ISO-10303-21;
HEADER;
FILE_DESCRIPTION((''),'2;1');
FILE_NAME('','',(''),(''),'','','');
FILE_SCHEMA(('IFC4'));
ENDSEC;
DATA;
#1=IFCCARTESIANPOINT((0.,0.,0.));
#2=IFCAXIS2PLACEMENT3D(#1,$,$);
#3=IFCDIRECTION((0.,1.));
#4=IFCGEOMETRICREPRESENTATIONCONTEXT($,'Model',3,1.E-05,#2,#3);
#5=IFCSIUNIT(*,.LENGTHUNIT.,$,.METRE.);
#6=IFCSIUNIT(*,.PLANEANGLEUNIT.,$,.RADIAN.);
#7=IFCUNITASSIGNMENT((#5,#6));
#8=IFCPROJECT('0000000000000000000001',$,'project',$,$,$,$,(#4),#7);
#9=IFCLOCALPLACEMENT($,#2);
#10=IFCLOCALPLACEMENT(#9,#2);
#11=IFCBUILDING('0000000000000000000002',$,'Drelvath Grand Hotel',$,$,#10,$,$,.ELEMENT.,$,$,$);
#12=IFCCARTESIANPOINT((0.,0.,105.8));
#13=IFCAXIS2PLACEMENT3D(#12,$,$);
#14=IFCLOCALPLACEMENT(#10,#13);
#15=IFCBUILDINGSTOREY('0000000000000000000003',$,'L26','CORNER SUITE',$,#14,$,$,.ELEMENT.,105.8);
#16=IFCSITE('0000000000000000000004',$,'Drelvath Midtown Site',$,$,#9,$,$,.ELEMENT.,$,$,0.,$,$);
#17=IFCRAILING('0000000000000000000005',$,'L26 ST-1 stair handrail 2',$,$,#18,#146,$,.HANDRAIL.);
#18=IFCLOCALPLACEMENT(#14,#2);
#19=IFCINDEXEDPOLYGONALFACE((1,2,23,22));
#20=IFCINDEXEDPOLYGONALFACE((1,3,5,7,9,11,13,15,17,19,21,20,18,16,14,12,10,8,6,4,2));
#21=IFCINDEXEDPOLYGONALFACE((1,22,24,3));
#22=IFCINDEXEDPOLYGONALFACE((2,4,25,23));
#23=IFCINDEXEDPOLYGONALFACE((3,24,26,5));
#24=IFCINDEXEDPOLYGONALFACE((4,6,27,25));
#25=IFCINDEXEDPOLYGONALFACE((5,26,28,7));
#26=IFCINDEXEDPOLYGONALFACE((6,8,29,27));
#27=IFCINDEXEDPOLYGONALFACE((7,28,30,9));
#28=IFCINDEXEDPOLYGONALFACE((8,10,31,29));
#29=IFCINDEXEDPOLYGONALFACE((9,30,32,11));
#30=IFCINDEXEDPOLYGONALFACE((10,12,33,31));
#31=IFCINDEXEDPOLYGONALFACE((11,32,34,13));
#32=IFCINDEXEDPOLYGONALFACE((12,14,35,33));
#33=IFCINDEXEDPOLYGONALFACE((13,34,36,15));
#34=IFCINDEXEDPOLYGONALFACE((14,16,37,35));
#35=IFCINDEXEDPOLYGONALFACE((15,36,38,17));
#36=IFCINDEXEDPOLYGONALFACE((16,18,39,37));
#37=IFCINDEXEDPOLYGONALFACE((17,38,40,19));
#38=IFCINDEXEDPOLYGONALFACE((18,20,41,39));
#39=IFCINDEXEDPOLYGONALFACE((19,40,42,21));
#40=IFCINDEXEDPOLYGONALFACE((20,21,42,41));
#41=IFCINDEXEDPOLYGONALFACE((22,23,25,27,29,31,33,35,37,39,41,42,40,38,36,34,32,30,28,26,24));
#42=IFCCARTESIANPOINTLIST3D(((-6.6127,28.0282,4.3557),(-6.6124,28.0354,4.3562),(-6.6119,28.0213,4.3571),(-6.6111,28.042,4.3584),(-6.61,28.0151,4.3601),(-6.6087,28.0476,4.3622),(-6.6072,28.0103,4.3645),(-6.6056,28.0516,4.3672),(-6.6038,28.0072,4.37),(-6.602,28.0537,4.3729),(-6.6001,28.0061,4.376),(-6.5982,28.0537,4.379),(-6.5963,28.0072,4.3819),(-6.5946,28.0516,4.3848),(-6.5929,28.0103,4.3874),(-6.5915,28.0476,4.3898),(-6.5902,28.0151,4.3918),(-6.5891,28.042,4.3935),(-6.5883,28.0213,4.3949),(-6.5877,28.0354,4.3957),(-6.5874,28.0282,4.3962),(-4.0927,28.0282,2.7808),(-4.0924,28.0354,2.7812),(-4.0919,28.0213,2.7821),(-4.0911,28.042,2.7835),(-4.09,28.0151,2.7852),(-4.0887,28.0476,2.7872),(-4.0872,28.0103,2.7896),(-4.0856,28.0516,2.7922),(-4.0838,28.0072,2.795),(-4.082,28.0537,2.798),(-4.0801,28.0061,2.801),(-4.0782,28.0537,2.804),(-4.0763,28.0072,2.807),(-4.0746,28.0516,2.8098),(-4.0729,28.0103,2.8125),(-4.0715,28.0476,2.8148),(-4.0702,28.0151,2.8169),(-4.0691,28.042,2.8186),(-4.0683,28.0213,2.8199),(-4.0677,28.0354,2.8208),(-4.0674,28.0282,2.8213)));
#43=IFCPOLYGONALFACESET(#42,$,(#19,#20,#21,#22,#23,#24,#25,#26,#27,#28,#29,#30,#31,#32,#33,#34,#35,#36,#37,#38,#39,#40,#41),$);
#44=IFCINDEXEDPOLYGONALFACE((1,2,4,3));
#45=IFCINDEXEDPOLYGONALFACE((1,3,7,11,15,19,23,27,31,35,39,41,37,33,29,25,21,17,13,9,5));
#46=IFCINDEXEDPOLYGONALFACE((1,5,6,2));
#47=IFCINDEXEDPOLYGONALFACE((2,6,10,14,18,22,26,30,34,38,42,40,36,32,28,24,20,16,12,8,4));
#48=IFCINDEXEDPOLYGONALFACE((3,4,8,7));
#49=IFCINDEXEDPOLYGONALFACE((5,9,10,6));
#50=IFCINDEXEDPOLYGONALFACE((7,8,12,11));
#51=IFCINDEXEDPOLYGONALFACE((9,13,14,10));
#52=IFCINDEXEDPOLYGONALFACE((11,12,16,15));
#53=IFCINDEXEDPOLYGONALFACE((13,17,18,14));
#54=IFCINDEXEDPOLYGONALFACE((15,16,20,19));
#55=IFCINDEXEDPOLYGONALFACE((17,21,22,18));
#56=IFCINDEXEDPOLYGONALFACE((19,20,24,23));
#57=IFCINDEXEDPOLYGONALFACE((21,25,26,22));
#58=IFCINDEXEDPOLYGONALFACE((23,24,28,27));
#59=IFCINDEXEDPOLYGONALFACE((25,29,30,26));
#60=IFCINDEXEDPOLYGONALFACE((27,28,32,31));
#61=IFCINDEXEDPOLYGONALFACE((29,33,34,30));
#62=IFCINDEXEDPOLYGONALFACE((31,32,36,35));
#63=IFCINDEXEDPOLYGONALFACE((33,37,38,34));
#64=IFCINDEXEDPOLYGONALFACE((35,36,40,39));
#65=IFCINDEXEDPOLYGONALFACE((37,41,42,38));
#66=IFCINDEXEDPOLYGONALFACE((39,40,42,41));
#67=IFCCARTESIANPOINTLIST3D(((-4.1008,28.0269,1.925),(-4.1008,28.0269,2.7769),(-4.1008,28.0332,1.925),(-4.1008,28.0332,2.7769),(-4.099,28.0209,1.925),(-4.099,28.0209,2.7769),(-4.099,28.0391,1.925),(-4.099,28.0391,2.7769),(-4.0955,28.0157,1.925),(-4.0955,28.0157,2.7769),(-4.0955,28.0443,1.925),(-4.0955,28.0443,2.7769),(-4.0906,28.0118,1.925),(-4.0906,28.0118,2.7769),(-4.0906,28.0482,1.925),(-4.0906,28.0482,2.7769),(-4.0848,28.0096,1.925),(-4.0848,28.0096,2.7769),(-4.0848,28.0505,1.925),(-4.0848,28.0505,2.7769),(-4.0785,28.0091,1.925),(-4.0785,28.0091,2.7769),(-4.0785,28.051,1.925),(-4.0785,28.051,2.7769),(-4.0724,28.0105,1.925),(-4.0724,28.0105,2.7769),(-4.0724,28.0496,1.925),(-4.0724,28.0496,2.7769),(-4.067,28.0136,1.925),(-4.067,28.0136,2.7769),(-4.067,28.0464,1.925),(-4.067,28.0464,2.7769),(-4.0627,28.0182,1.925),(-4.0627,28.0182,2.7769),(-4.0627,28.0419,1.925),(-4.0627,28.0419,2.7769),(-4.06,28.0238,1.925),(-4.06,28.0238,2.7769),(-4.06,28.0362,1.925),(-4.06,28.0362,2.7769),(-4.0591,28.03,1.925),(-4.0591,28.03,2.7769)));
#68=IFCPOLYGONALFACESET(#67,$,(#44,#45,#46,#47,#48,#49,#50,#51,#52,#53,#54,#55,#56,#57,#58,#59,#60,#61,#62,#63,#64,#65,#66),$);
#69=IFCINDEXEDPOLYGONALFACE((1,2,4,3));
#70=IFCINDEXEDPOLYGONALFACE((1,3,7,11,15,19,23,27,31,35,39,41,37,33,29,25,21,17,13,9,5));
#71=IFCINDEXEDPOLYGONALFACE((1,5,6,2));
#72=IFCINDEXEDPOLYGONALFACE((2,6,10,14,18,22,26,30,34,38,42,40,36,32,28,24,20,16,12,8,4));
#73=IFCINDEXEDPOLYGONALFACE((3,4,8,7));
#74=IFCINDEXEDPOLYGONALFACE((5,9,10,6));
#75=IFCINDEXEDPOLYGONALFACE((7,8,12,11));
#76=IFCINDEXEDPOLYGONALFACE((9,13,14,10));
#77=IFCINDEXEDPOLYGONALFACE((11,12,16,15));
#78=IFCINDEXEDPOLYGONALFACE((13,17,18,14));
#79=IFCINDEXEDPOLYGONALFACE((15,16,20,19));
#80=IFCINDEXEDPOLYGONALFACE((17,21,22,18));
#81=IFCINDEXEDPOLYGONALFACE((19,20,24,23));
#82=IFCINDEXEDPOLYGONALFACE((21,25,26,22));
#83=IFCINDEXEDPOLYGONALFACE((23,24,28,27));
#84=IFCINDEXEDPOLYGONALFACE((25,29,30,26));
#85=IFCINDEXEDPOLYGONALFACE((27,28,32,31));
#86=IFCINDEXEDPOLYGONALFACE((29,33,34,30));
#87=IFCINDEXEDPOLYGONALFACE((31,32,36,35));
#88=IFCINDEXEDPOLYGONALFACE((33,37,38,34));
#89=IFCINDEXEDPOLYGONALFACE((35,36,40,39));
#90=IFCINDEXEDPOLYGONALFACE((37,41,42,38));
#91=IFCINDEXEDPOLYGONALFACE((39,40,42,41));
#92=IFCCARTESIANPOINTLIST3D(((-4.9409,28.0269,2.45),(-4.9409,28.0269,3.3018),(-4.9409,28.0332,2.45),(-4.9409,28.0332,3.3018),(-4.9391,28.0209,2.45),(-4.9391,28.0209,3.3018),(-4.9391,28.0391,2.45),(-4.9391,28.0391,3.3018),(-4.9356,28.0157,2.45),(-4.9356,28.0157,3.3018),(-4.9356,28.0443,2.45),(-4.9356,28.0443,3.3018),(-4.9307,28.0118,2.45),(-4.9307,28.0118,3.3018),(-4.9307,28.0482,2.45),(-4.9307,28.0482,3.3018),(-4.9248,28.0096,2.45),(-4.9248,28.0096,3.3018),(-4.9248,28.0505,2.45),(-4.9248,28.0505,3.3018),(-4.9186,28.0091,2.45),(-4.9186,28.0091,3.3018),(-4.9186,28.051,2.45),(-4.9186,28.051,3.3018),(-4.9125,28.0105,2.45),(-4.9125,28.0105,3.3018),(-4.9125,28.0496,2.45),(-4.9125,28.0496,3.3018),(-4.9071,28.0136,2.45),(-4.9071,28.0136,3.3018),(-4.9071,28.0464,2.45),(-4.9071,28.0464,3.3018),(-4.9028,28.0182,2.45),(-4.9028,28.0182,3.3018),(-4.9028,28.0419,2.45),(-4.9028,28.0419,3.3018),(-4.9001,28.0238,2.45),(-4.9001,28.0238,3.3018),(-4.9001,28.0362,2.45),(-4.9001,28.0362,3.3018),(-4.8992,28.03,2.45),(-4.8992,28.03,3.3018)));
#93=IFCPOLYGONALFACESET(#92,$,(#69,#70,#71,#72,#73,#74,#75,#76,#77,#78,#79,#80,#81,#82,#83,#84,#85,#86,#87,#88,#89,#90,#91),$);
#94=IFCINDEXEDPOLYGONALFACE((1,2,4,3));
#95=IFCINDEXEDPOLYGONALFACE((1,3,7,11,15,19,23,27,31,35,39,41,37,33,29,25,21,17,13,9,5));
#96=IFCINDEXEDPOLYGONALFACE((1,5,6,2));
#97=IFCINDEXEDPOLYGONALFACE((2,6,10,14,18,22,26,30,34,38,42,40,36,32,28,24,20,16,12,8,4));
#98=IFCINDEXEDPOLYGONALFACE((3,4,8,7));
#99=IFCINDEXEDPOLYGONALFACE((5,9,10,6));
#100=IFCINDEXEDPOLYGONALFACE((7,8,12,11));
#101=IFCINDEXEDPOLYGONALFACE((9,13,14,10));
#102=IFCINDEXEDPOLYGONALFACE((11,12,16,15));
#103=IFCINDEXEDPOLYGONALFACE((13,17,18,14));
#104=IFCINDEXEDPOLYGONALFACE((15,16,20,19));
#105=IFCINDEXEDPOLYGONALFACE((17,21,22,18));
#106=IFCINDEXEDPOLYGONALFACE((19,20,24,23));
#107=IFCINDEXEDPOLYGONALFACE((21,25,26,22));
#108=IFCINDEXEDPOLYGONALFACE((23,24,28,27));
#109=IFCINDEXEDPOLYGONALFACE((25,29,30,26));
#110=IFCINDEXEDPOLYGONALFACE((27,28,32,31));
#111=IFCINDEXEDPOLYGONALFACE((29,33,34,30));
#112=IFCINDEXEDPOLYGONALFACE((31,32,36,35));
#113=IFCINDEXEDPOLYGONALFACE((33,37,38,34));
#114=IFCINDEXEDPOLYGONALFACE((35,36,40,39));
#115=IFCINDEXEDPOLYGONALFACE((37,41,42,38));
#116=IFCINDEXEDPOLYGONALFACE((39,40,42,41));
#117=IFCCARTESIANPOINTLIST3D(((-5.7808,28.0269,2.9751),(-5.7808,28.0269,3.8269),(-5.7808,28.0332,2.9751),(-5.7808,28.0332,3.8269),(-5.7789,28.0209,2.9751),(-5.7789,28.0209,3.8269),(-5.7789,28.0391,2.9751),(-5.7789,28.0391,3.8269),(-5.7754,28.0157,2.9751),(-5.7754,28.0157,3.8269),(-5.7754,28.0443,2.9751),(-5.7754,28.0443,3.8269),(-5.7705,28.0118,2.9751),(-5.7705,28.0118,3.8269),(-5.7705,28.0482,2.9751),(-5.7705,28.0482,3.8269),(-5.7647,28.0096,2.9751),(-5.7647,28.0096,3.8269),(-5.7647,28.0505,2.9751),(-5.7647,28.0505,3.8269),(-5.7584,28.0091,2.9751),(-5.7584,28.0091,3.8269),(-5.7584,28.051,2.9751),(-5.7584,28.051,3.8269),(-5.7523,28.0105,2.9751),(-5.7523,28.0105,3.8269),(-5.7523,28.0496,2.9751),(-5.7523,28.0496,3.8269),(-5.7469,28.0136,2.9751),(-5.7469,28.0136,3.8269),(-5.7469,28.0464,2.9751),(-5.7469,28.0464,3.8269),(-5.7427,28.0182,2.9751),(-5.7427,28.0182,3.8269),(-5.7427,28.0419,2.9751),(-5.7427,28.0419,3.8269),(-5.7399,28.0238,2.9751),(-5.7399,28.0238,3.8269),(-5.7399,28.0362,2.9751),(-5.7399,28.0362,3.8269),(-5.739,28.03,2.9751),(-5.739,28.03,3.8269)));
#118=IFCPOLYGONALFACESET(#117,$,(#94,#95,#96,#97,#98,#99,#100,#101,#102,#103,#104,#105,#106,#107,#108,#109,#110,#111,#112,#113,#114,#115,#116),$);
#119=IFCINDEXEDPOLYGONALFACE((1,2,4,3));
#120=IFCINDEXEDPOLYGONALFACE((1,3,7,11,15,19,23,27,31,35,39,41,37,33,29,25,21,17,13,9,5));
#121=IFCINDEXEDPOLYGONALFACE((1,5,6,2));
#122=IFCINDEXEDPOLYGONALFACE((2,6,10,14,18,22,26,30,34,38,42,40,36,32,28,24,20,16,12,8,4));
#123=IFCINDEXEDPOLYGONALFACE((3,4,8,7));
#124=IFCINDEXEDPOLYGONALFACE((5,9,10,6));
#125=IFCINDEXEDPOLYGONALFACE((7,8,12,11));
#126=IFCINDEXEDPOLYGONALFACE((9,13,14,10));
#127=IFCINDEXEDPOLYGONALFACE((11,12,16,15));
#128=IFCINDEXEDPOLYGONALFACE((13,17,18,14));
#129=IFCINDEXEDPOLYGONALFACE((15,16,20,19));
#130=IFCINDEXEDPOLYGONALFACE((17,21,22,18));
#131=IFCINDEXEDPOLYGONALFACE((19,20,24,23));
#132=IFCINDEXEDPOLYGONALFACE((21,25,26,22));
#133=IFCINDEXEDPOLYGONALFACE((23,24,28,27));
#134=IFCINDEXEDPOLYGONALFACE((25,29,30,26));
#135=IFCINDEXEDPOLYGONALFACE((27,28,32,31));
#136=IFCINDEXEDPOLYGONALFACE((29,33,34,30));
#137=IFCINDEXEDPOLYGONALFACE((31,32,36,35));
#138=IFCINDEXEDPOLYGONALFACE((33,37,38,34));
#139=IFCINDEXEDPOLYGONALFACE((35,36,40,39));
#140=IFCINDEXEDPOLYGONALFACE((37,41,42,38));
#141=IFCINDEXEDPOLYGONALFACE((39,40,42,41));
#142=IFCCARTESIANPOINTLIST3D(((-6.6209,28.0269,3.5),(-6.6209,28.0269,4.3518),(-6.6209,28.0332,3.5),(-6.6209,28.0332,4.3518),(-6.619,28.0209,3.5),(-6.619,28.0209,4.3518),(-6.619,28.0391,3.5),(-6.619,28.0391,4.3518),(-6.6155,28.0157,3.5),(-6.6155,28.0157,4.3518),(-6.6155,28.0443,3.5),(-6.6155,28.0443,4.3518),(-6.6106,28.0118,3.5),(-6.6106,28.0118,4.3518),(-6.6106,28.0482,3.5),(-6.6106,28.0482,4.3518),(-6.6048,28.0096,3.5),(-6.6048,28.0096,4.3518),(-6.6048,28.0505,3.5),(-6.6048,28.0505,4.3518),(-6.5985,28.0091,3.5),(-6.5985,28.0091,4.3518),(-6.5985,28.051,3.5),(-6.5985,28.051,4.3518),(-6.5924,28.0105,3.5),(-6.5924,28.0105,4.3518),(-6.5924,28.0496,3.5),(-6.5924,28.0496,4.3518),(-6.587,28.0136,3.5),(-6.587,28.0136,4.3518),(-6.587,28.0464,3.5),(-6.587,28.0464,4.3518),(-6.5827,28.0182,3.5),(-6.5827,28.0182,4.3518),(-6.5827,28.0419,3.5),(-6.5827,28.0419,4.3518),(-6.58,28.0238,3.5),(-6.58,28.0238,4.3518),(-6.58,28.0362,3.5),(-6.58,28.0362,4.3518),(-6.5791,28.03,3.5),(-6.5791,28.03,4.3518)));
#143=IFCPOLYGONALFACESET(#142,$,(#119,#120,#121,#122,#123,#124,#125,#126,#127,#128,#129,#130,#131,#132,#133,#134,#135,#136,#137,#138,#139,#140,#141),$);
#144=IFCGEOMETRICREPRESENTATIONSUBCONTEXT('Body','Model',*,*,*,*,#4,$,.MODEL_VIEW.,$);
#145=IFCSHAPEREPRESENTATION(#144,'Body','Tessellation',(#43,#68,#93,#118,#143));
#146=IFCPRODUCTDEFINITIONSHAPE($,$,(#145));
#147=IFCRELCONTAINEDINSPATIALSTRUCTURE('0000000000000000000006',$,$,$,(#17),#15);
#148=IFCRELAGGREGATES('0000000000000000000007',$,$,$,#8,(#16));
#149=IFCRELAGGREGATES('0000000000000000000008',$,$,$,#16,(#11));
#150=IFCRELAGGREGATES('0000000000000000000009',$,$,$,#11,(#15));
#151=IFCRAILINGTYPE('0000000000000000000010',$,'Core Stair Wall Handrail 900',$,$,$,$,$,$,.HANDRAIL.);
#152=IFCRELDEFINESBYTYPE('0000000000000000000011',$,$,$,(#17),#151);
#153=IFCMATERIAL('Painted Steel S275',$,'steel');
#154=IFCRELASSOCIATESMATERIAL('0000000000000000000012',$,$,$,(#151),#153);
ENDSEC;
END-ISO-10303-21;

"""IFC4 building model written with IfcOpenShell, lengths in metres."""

from ifc_helpers import new_model, si_unit, direction, frame, origin, origin_2d, place, context, subcontext, project, spatial, circle, extrude, material, type_object, element, save


model = new_model("IFC4")

# Units and contexts
model_context = context("Model", 3, precision=1e-05, world=origin(), true_north=direction((0.0, 1.0)))
body_context = subcontext(model_context, "Body", "Model", "MODEL_VIEW")
ifc_project = project(units=[si_unit("LENGTHUNIT", "METRE"), si_unit("PLANEANGLEUNIT", "RADIAN")], contexts=[model_context])

# Site, building, storey
site_placement = place(None, origin())
site = spatial("IfcSite", under=ifc_project, at=site_placement, Name="Drelvath Midtown Site", CompositionType="ELEMENT", RefElevation=0.0)
building_placement = place(site_placement, origin())
building = spatial("IfcBuilding", under=site, at=building_placement, Name="Drelvath Grand Hotel", CompositionType="ELEMENT")
storey_placement = place(building_placement, frame((0.0, 0.0, 105.8)))
storey = spatial("IfcBuildingStorey", under=building, at=storey_placement, Name="L26", Description="CORNER SUITE", CompositionType="ELEMENT", Elevation=105.8)

# Shared definitions
ifc_material_1 = material(Name="Painted Steel S275", Category="steel")

# Railing
railing_type_1 = type_object("IfcRailingType", Name="Core Stair Wall Handrail 900", PredefinedType="HANDRAIL", material=ifc_material_1)
railing_1_placement = place(storey_placement, frame((-4.0801, 28.03, 1.925)))
element("IfcRailing", 1, at=railing_1_placement, inside=storey, type_object=railing_type_1, Name="L26 ST-1 stair handrail 2", PredefinedType="HANDRAIL", context=body_context, shape_type="SweptSolid", body=[
    extrude(circle(Radius=0.0239, at=origin_2d()), frame((0.0, 0.0, 0.876), z_axis=(-0.848008, 0.0, 0.529984), x_axis=(0.0, -1.0, 0.0)), (0.0, 0.0, 1.0), 2.9717),
    extrude(circle(Radius=0.021, at=origin_2d()), origin(), (0.0, 0.0, 1.0), 0.8518),
    extrude(circle(Radius=0.021, at=origin_2d()), frame((-0.8401, 0.0, 0.5249)), (0.0, 0.0, 1.0), 0.8518),
    extrude(circle(Radius=0.021, at=origin_2d()), frame((-1.6799, 0.0, 1.05)), (0.0, 0.0, 1.0), 0.8518),
    extrude(circle(Radius=0.021, at=origin_2d()), frame((-2.52, 0.0, 1.575)), (0.0, 0.0, 1.0), 0.8518),
])

save(model, "model.ifc")
